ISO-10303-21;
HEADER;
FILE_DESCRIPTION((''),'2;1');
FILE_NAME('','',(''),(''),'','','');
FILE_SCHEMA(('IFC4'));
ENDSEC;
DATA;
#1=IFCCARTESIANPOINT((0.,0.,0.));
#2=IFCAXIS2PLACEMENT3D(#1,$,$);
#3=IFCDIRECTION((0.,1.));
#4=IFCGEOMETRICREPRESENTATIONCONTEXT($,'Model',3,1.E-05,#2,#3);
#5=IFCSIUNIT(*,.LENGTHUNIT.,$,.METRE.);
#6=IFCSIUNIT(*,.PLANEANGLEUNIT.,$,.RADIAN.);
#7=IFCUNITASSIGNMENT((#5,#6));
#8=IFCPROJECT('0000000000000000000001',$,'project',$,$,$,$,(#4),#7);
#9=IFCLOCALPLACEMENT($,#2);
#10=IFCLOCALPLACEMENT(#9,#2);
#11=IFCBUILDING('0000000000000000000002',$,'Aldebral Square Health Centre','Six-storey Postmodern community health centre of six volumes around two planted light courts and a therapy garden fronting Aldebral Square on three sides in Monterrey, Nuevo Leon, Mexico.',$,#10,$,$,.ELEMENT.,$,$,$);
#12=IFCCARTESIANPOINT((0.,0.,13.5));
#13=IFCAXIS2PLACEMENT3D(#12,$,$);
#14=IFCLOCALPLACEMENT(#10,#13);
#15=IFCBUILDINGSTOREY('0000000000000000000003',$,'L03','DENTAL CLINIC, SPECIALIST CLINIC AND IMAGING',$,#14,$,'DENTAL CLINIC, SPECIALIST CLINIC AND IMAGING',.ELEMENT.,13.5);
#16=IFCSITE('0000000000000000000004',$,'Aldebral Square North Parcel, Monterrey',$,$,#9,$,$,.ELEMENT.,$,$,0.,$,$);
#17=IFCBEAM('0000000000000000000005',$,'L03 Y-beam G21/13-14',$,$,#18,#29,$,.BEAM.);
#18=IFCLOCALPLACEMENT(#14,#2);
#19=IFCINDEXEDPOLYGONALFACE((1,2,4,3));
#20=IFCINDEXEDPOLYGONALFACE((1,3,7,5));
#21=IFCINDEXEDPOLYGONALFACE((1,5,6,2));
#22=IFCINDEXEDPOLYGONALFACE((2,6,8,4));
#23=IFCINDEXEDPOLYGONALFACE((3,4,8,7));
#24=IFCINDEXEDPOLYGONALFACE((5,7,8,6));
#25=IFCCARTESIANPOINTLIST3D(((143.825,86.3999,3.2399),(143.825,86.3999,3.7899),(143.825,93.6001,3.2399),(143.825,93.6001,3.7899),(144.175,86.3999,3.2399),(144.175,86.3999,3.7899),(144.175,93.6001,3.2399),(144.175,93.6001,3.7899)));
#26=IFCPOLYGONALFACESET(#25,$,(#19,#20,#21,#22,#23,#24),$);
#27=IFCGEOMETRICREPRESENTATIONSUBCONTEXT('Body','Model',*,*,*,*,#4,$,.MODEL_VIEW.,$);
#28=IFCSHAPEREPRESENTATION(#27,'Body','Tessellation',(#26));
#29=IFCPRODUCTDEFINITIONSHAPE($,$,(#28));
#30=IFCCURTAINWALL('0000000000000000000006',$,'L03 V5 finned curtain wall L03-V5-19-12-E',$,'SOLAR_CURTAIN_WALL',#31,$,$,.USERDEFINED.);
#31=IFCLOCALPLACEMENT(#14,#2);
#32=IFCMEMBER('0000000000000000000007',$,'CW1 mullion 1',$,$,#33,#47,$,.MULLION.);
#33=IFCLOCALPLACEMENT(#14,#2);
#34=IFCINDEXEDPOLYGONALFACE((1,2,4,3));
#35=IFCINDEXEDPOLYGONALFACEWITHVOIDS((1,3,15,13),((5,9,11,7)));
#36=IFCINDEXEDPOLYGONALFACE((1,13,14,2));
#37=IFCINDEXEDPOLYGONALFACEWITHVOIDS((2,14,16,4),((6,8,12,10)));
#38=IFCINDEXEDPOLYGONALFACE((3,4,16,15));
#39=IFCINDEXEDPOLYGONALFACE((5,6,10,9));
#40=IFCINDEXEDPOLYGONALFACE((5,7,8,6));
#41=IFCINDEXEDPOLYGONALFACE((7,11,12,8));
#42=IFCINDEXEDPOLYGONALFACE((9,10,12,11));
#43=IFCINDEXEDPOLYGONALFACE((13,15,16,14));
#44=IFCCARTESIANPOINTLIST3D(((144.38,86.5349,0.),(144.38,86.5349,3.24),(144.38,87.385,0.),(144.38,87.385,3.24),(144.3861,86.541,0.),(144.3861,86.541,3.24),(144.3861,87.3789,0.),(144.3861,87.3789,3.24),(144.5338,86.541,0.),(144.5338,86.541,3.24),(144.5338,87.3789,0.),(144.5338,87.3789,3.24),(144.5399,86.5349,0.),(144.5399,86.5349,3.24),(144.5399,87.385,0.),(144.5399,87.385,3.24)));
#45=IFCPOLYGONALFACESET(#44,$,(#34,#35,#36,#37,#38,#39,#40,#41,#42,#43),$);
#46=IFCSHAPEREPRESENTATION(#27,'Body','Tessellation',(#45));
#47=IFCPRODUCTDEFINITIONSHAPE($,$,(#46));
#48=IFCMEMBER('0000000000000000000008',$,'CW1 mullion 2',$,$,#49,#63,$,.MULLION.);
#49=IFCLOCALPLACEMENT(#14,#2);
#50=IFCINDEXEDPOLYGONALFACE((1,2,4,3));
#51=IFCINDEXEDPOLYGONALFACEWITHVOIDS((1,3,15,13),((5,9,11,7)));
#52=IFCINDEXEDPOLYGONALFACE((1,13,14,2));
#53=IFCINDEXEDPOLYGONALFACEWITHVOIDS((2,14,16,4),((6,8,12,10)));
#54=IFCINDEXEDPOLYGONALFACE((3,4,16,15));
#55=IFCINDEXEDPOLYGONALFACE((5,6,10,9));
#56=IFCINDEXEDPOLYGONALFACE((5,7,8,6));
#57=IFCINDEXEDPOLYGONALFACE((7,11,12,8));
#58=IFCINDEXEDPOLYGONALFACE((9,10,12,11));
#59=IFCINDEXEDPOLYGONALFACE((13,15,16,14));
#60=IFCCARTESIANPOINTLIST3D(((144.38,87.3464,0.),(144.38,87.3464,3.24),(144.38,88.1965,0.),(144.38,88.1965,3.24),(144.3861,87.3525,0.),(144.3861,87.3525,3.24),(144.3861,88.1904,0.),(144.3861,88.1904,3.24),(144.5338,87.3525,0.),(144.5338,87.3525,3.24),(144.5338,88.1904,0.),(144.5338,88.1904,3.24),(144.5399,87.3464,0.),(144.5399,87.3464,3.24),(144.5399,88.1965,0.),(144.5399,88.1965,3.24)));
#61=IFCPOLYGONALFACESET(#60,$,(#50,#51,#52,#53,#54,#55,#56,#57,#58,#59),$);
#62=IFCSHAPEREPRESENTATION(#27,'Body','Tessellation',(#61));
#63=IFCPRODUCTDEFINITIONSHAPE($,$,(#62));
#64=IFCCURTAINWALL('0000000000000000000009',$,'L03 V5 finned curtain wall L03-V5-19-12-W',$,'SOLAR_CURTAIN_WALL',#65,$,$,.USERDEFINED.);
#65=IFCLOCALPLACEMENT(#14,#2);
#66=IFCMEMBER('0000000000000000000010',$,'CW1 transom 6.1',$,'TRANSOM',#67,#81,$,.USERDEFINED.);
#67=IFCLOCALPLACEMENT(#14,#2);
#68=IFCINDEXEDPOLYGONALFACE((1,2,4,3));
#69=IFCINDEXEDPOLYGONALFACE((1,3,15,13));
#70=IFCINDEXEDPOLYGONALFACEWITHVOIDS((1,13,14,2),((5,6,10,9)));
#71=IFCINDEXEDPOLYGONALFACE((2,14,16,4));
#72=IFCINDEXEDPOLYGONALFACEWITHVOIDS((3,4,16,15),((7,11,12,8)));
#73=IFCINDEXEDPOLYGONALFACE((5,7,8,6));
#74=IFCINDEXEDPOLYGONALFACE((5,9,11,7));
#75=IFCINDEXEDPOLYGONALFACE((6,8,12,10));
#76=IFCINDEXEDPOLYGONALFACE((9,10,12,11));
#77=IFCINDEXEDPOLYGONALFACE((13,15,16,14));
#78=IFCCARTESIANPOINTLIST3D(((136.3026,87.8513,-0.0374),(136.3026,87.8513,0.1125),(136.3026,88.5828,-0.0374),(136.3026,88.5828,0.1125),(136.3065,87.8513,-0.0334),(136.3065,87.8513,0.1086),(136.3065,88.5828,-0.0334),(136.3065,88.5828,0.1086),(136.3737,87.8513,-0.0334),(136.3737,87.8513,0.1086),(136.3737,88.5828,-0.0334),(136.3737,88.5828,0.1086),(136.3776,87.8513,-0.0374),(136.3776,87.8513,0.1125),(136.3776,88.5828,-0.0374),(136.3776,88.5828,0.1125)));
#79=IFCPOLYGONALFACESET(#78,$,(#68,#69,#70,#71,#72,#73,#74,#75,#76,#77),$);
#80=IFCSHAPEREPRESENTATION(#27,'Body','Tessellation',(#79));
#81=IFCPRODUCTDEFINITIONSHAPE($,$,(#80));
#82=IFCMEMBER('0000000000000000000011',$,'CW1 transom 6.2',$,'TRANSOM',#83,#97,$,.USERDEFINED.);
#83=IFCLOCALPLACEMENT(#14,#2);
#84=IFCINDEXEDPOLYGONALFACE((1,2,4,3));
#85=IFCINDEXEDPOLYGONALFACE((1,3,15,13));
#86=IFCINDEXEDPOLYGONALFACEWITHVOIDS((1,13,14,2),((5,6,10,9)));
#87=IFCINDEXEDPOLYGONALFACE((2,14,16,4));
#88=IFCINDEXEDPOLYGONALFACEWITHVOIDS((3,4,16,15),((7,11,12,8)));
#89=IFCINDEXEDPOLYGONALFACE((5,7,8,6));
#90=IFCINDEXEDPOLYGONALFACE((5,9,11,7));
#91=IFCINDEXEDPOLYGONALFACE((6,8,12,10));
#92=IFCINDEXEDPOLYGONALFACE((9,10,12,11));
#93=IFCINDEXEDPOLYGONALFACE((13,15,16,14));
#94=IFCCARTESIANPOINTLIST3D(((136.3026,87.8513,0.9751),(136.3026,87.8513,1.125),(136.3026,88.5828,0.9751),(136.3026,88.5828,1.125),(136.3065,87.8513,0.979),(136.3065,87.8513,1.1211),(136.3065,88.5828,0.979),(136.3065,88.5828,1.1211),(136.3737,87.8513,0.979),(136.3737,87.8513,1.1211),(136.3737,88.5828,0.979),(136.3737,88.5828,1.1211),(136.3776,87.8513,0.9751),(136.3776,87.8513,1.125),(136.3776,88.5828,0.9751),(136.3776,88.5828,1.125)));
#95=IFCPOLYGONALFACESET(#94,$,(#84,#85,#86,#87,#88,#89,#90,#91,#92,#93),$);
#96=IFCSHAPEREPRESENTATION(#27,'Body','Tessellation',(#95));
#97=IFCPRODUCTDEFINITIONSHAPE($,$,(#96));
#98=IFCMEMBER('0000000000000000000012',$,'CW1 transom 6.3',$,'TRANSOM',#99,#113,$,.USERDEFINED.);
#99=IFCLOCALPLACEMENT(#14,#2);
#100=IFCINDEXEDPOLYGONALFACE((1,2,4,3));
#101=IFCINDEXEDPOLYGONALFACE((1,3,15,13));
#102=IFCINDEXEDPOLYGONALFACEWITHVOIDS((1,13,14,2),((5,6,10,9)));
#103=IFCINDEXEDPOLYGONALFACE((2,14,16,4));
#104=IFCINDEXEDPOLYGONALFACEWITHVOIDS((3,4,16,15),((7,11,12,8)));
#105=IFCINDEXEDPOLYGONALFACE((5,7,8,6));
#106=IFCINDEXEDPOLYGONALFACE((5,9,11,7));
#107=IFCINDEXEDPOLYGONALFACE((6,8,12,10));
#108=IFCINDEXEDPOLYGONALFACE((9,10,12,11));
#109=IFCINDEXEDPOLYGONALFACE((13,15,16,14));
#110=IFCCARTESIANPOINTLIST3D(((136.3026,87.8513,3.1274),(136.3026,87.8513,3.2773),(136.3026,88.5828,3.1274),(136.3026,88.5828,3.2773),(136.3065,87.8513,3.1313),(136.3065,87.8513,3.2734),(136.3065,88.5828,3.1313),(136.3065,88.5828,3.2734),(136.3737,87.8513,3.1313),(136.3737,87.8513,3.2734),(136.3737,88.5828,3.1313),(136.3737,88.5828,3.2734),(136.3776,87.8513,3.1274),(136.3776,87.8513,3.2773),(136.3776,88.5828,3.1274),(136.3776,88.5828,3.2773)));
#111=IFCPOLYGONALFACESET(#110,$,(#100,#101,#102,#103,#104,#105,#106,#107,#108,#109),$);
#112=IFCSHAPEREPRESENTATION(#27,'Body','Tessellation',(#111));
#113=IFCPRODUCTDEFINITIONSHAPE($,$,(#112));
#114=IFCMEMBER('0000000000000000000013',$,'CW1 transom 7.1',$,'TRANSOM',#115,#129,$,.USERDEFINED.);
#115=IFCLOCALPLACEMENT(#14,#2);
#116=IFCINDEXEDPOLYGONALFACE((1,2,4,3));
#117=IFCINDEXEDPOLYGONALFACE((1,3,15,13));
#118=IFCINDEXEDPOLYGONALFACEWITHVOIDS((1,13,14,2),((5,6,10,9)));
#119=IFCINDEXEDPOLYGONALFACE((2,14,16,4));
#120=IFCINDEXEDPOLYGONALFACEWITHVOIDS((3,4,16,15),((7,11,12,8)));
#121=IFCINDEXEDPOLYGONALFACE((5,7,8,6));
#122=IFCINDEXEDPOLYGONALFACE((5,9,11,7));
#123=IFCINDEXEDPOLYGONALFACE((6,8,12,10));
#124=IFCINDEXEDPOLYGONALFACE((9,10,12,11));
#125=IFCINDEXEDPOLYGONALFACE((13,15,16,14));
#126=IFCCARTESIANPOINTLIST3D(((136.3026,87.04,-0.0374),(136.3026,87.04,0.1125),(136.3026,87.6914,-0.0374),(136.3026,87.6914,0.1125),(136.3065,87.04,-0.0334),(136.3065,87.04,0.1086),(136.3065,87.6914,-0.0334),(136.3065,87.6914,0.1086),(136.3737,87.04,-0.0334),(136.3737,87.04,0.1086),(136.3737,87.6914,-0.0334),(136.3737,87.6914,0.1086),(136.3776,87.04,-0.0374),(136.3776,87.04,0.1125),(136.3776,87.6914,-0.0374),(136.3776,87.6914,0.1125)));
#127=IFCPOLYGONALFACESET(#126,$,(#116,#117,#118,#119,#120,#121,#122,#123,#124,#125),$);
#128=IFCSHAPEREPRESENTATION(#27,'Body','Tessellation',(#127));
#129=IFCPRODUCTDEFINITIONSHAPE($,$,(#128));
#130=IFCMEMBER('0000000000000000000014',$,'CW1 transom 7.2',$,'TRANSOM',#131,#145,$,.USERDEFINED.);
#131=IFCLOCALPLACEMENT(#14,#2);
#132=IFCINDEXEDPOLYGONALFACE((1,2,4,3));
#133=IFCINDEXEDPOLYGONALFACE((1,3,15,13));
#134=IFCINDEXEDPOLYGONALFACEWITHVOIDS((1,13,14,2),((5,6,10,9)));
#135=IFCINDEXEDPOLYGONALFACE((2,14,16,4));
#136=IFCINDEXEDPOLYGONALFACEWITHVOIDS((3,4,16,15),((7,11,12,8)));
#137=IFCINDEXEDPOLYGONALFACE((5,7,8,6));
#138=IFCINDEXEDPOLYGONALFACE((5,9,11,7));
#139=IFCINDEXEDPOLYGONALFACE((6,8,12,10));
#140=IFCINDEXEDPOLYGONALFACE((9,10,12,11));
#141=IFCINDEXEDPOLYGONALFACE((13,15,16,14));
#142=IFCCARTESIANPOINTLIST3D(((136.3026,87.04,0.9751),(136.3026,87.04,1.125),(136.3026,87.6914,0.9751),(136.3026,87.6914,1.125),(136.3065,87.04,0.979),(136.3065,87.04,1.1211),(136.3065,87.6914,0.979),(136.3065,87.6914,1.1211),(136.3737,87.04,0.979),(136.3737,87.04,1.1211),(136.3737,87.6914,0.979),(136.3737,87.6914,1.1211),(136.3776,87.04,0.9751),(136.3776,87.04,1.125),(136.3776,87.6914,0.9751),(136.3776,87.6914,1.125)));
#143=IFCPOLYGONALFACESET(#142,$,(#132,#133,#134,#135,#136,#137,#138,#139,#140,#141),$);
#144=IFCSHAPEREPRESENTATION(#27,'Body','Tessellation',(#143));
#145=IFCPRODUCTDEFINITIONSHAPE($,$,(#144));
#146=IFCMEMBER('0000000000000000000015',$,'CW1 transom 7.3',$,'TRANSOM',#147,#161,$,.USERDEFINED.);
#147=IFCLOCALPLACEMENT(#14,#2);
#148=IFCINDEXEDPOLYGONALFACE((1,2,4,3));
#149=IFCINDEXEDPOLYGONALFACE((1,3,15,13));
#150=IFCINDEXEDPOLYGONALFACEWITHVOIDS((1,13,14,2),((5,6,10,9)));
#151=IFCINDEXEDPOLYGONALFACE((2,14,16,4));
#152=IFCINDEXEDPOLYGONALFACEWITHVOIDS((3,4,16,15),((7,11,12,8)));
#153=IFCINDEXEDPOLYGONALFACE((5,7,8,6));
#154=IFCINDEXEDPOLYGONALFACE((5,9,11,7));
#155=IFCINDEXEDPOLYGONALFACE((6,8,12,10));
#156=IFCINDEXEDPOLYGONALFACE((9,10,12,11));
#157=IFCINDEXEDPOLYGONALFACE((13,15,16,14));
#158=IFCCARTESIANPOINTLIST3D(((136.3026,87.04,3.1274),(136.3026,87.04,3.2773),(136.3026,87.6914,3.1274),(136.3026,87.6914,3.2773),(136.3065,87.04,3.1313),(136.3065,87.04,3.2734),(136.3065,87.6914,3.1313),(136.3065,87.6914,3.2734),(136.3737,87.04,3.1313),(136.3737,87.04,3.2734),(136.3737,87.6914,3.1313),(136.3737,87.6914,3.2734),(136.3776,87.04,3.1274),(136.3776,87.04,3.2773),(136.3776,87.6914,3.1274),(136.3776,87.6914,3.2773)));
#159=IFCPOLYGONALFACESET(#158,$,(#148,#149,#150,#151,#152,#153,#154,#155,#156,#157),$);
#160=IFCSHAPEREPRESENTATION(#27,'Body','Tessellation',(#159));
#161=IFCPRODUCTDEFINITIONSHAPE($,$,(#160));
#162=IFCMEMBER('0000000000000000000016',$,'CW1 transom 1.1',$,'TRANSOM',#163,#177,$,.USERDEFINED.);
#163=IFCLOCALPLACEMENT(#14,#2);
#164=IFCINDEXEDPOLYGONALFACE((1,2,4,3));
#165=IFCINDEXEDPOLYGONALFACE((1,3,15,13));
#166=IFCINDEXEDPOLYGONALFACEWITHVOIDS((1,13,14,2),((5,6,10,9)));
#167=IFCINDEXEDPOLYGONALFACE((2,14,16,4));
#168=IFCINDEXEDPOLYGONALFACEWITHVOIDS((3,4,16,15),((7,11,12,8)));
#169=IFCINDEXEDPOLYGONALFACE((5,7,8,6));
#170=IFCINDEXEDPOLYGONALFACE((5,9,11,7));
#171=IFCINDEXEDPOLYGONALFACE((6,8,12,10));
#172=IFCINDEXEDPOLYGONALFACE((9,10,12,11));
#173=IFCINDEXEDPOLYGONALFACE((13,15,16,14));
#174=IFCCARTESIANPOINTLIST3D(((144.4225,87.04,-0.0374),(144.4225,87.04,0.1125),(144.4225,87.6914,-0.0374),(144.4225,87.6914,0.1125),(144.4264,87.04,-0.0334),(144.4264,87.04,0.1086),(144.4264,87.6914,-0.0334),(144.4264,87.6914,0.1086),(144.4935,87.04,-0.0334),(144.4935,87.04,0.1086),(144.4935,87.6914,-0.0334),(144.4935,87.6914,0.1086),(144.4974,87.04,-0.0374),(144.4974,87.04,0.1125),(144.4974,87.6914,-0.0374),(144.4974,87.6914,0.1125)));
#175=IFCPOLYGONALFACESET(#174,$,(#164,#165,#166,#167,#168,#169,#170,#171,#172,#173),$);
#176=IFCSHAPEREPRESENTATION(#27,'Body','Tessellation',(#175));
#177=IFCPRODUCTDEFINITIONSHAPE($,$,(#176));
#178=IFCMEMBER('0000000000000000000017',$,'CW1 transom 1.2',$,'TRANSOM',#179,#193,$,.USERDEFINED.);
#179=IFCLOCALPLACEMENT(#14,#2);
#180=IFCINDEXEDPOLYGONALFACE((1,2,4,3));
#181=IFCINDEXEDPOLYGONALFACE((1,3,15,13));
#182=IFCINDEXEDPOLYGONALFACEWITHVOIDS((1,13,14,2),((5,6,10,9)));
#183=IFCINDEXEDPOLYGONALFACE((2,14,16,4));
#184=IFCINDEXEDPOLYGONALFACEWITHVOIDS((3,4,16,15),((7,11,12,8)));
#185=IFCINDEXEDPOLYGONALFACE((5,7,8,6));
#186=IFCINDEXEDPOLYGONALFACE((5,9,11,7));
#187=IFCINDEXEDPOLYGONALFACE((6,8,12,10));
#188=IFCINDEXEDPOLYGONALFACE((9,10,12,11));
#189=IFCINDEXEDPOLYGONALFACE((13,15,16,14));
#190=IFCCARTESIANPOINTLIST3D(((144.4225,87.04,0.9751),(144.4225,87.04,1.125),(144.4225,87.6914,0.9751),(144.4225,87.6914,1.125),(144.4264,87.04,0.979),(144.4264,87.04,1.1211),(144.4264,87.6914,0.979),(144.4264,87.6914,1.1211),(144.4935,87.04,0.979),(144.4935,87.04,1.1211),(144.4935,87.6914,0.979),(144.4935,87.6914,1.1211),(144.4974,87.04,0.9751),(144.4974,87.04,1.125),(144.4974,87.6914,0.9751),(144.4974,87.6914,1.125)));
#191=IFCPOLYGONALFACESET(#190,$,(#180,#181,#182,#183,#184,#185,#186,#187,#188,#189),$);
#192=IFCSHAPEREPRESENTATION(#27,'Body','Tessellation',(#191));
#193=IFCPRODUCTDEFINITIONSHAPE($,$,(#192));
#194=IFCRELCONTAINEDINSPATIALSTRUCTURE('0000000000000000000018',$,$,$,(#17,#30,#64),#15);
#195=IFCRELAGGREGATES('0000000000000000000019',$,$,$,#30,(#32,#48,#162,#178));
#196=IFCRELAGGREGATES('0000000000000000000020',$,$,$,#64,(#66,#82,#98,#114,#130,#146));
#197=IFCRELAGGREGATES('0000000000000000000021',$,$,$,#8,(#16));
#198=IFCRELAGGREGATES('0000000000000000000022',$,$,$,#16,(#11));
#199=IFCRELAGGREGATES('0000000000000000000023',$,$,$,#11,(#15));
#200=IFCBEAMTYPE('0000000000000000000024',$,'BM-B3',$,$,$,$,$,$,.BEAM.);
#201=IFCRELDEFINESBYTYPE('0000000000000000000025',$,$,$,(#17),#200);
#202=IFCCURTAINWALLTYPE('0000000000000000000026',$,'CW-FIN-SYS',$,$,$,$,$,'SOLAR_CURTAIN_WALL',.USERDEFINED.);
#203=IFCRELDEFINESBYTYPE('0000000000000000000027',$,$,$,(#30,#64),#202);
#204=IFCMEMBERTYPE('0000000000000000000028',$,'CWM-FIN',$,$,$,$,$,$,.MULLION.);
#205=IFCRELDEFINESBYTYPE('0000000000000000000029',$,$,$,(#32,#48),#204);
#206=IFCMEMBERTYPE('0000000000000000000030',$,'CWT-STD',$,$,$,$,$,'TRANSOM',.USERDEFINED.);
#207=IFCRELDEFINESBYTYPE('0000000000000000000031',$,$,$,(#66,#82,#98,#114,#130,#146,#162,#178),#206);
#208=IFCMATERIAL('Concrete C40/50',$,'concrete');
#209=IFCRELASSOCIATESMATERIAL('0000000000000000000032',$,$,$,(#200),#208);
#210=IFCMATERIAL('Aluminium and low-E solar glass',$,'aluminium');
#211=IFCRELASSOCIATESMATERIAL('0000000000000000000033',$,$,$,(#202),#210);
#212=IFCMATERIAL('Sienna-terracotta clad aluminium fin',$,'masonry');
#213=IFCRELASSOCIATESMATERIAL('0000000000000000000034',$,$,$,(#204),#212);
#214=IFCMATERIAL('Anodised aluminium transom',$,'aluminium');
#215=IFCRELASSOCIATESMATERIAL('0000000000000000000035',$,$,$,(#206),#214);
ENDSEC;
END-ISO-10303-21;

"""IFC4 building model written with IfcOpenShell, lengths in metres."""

from ifc_helpers import new_model, si_unit, direction, frame, origin, origin_2d, place, context, subcontext, project, spatial, rectangle, hollow_rectangle, extrude, material, material_profile, profile_set, type_object, element, aggregate, save


model = new_model("IFC4")

# Units and contexts
model_context = context("Model", 3, precision=1e-05, world=origin(), true_north=direction((0.0, 1.0)))
body_context = subcontext(model_context, "Body", "Model", "MODEL_VIEW")
ifc_project = project(units=[si_unit("LENGTHUNIT", "METRE"), si_unit("PLANEANGLEUNIT", "RADIAN")], contexts=[model_context])

# Site, building, storey
site_placement = place(None, origin())
site = spatial("IfcSite", under=ifc_project, at=site_placement, Name="Aldebral Square North Parcel, Monterrey", CompositionType="ELEMENT", RefElevation=0.0)
building_placement = place(site_placement, origin())
building = spatial("IfcBuilding", under=site, at=building_placement, Name="Aldebral Square Health Centre", Description="Six-storey Postmodern community health centre of six volumes around two planted light courts and a therapy garden fronting Aldebral Square on three sides in Monterrey, Nuevo Leon, Mexico.", CompositionType="ELEMENT")
storey_placement = place(building_placement, frame((0.0, 0.0, 13.5)))
storey = spatial("IfcBuildingStorey", under=building, at=storey_placement, Name="L03", Description="DENTAL CLINIC, SPECIALIST CLINIC AND IMAGING", LongName="DENTAL CLINIC, SPECIALIST CLINIC AND IMAGING", CompositionType="ELEMENT", Elevation=13.5)

# Beam
ifc_material_1 = material(Name="Concrete C40/50", Category="concrete")
ifc_material_profile_1 = material_profile(ifc_material_1, rectangle(XDim=0.3501, YDim=0.55, at=origin_2d()), Name="RC 350x550")
ifc_profile_set_1 = profile_set([ifc_material_profile_1], Name="Concrete C40/50")
beam_type = type_object("IfcBeamType", Name="BM-B3", PredefinedType="BEAM", material=ifc_profile_set_1)
beam_placement = place(storey_placement, frame((144.0, 86.3999, 3.5149), z_axis=(0.0, 1.0, 0.0), x_axis=(-1.0, 0.0, 0.0)))
element("IfcBeam", 1, at=beam_placement, inside=storey, type_object=beam_type, Name="L03 Y-beam G21/13-14", PredefinedType="BEAM", context=body_context, shape_type="SweptSolid", body=[
    extrude(rectangle(XDim=0.3501, YDim=0.55, at=origin_2d()), origin(), (0.0, 0.0, 1.0), 7.2002),
])

# Curtain walls, members
ifc_material_2 = material(Name="Aluminium and low-E solar glass", Category="aluminium")
curtain_wall_type = type_object("IfcCurtainWallType", Name="CW-FIN-SYS", ElementType="SOLAR_CURTAIN_WALL", PredefinedType="USERDEFINED", material=ifc_material_2)
curtain_wall_1_placement = place(storey_placement, origin())
curtain_wall_1 = element("IfcCurtainWall", 2, at=curtain_wall_1_placement, inside=storey, type_object=curtain_wall_type, Name="L03 V5 finned curtain wall L03-V5-19-12-E", ObjectType="SOLAR_CURTAIN_WALL", PredefinedType="USERDEFINED")
ifc_material_3 = material(Name="Sienna-terracotta clad aluminium fin", Category="masonry")
ifc_material_profile_2 = material_profile(ifc_material_3, hollow_rectangle(XDim=0.1599, YDim=0.8501, WallThickness=0.0061, at=origin_2d()), Name="FIN 160x850x6")
ifc_profile_set_2 = profile_set([ifc_material_profile_2], Name="Sienna-terracotta clad aluminium fin")
member_type_1 = type_object("IfcMemberType", Name="CWM-FIN", PredefinedType="MULLION", material=ifc_profile_set_2)
member_1_placement = place(storey_placement, frame((144.46, 86.96, 0.0), z_axis=(0.0, 0.0, 1.0), x_axis=(-1.0, 0.0, 0.0)))
member_1 = element("IfcMember", 3, at=member_1_placement, type_object=member_type_1, Name="CW1 mullion 1", PredefinedType="MULLION", context=body_context, shape_type="SweptSolid", body=[
    extrude(hollow_rectangle(XDim=0.1599, YDim=0.8501, WallThickness=0.0061, at=origin_2d()), origin(), (0.0, 0.0, 1.0), 3.24),
])
member_2_placement = place(storey_placement, frame((144.46, 87.7715, 0.0), z_axis=(0.0, 0.0, 1.0), x_axis=(-1.0, 0.0, 0.0)))
member_2 = element("IfcMember", 4, at=member_2_placement, type_object=member_type_1, Name="CW1 mullion 2", PredefinedType="MULLION", context=body_context, shape_type="SweptSolid", body=[
    extrude(hollow_rectangle(XDim=0.1599, YDim=0.8501, WallThickness=0.0061, at=origin_2d()), origin(), (0.0, 0.0, 1.0), 3.24),
])
curtain_wall_2_placement = place(storey_placement, origin())
curtain_wall_2 = element("IfcCurtainWall", 5, at=curtain_wall_2_placement, inside=storey, type_object=curtain_wall_type, Name="L03 V5 finned curtain wall L03-V5-19-12-W", ObjectType="SOLAR_CURTAIN_WALL", PredefinedType="USERDEFINED")
ifc_material_4 = material(Name="Anodised aluminium transom", Category="aluminium")
ifc_material_profile_3 = material_profile(ifc_material_4, hollow_rectangle(XDim=0.075, YDim=0.1499, WallThickness=0.0039, at=origin_2d()), Name="CWT 75x150x4")
ifc_profile_set_3 = profile_set([ifc_material_profile_3], Name="Anodised aluminium transom")
member_type_2 = type_object("IfcMemberType", Name="CWT-STD", ElementType="TRANSOM", PredefinedType="USERDEFINED", material=ifc_profile_set_3)
member_3_placement = place(storey_placement, frame((136.3401, 88.5828, 0.0376), z_axis=(0.0, -1.0, 0.0), x_axis=(1.0, 0.0, 0.0)))
member_3 = element("IfcMember", 6, at=member_3_placement, type_object=member_type_2, Name="CW1 transom 6.1", ObjectType="TRANSOM", PredefinedType="USERDEFINED", context=body_context, shape_type="SweptSolid", body=[
    extrude(hollow_rectangle(XDim=0.075, YDim=0.1499, WallThickness=0.0039, at=origin_2d()), origin(), (0.0, 0.0, 1.0), 0.7314),
])
member_4_placement = place(storey_placement, frame((136.3401, 88.5828, 1.05), z_axis=(0.0, -1.0, 0.0), x_axis=(1.0, 0.0, 0.0)))
member_4 = element("IfcMember", 7, at=member_4_placement, type_object=member_type_2, Name="CW1 transom 6.2", ObjectType="TRANSOM", PredefinedType="USERDEFINED", context=body_context, shape_type="SweptSolid", body=[
    extrude(hollow_rectangle(XDim=0.075, YDim=0.1499, WallThickness=0.0039, at=origin_2d()), origin(), (0.0, 0.0, 1.0), 0.7314),
])
member_5_placement = place(storey_placement, frame((136.3401, 88.5828, 3.2024), z_axis=(0.0, -1.0, 0.0), x_axis=(1.0, 0.0, 0.0)))
member_5 = element("IfcMember", 8, at=member_5_placement, type_object=member_type_2, Name="CW1 transom 6.3", ObjectType="TRANSOM", PredefinedType="USERDEFINED", context=body_context, shape_type="SweptSolid", body=[
    extrude(hollow_rectangle(XDim=0.075, YDim=0.1499, WallThickness=0.0039, at=origin_2d()), origin(), (0.0, 0.0, 1.0), 0.7314),
])
member_6_placement = place(storey_placement, frame((136.3401, 87.6914, 0.0376), z_axis=(0.0, -1.0, 0.0), x_axis=(1.0, 0.0, 0.0)))
member_6 = element("IfcMember", 9, at=member_6_placement, type_object=member_type_2, Name="CW1 transom 7.1", ObjectType="TRANSOM", PredefinedType="USERDEFINED", context=body_context, shape_type="SweptSolid", body=[
    extrude(hollow_rectangle(XDim=0.075, YDim=0.1499, WallThickness=0.0039, at=origin_2d()), origin(), (0.0, 0.0, 1.0), 0.6514),
])
member_7_placement = place(storey_placement, frame((136.3401, 87.6914, 1.05), z_axis=(0.0, -1.0, 0.0), x_axis=(1.0, 0.0, 0.0)))
member_7 = element("IfcMember", 10, at=member_7_placement, type_object=member_type_2, Name="CW1 transom 7.2", ObjectType="TRANSOM", PredefinedType="USERDEFINED", context=body_context, shape_type="SweptSolid", body=[
    extrude(hollow_rectangle(XDim=0.075, YDim=0.1499, WallThickness=0.0039, at=origin_2d()), origin(), (0.0, 0.0, 1.0), 0.6514),
])
member_8_placement = place(storey_placement, frame((136.3401, 87.6914, 3.2024), z_axis=(0.0, -1.0, 0.0), x_axis=(1.0, 0.0, 0.0)))
member_8 = element("IfcMember", 11, at=member_8_placement, type_object=member_type_2, Name="CW1 transom 7.3", ObjectType="TRANSOM", PredefinedType="USERDEFINED", context=body_context, shape_type="SweptSolid", body=[
    extrude(hollow_rectangle(XDim=0.075, YDim=0.1499, WallThickness=0.0039, at=origin_2d()), origin(), (0.0, 0.0, 1.0), 0.6514),
])

# Members
member_9_placement = place(storey_placement, frame((144.46, 87.04, 0.0376), z_axis=(0.0, 1.0, 0.0), x_axis=(-1.0, 0.0, 0.0)))
member_9 = element("IfcMember", 12, at=member_9_placement, type_object=member_type_2, Name="CW1 transom 1.1", ObjectType="TRANSOM", PredefinedType="USERDEFINED", context=body_context, shape_type="SweptSolid", body=[
    extrude(hollow_rectangle(XDim=0.075, YDim=0.1499, WallThickness=0.0039, at=origin_2d()), origin(), (0.0, 0.0, 1.0), 0.6514),
])
member_10_placement = place(storey_placement, frame((144.46, 87.04, 1.05), z_axis=(0.0, 1.0, 0.0), x_axis=(-1.0, 0.0, 0.0)))
member_10 = element("IfcMember", 13, at=member_10_placement, type_object=member_type_2, Name="CW1 transom 1.2", ObjectType="TRANSOM", PredefinedType="USERDEFINED", context=body_context, shape_type="SweptSolid", body=[
    extrude(hollow_rectangle(XDim=0.075, YDim=0.1499, WallThickness=0.0039, at=origin_2d()), origin(), (0.0, 0.0, 1.0), 0.6514),
])

aggregate(curtain_wall_1, [member_1, member_2, member_9, member_10])
aggregate(curtain_wall_2, [member_3, member_4, member_5, member_6, member_7, member_8])

save(model, "model.ifc")
